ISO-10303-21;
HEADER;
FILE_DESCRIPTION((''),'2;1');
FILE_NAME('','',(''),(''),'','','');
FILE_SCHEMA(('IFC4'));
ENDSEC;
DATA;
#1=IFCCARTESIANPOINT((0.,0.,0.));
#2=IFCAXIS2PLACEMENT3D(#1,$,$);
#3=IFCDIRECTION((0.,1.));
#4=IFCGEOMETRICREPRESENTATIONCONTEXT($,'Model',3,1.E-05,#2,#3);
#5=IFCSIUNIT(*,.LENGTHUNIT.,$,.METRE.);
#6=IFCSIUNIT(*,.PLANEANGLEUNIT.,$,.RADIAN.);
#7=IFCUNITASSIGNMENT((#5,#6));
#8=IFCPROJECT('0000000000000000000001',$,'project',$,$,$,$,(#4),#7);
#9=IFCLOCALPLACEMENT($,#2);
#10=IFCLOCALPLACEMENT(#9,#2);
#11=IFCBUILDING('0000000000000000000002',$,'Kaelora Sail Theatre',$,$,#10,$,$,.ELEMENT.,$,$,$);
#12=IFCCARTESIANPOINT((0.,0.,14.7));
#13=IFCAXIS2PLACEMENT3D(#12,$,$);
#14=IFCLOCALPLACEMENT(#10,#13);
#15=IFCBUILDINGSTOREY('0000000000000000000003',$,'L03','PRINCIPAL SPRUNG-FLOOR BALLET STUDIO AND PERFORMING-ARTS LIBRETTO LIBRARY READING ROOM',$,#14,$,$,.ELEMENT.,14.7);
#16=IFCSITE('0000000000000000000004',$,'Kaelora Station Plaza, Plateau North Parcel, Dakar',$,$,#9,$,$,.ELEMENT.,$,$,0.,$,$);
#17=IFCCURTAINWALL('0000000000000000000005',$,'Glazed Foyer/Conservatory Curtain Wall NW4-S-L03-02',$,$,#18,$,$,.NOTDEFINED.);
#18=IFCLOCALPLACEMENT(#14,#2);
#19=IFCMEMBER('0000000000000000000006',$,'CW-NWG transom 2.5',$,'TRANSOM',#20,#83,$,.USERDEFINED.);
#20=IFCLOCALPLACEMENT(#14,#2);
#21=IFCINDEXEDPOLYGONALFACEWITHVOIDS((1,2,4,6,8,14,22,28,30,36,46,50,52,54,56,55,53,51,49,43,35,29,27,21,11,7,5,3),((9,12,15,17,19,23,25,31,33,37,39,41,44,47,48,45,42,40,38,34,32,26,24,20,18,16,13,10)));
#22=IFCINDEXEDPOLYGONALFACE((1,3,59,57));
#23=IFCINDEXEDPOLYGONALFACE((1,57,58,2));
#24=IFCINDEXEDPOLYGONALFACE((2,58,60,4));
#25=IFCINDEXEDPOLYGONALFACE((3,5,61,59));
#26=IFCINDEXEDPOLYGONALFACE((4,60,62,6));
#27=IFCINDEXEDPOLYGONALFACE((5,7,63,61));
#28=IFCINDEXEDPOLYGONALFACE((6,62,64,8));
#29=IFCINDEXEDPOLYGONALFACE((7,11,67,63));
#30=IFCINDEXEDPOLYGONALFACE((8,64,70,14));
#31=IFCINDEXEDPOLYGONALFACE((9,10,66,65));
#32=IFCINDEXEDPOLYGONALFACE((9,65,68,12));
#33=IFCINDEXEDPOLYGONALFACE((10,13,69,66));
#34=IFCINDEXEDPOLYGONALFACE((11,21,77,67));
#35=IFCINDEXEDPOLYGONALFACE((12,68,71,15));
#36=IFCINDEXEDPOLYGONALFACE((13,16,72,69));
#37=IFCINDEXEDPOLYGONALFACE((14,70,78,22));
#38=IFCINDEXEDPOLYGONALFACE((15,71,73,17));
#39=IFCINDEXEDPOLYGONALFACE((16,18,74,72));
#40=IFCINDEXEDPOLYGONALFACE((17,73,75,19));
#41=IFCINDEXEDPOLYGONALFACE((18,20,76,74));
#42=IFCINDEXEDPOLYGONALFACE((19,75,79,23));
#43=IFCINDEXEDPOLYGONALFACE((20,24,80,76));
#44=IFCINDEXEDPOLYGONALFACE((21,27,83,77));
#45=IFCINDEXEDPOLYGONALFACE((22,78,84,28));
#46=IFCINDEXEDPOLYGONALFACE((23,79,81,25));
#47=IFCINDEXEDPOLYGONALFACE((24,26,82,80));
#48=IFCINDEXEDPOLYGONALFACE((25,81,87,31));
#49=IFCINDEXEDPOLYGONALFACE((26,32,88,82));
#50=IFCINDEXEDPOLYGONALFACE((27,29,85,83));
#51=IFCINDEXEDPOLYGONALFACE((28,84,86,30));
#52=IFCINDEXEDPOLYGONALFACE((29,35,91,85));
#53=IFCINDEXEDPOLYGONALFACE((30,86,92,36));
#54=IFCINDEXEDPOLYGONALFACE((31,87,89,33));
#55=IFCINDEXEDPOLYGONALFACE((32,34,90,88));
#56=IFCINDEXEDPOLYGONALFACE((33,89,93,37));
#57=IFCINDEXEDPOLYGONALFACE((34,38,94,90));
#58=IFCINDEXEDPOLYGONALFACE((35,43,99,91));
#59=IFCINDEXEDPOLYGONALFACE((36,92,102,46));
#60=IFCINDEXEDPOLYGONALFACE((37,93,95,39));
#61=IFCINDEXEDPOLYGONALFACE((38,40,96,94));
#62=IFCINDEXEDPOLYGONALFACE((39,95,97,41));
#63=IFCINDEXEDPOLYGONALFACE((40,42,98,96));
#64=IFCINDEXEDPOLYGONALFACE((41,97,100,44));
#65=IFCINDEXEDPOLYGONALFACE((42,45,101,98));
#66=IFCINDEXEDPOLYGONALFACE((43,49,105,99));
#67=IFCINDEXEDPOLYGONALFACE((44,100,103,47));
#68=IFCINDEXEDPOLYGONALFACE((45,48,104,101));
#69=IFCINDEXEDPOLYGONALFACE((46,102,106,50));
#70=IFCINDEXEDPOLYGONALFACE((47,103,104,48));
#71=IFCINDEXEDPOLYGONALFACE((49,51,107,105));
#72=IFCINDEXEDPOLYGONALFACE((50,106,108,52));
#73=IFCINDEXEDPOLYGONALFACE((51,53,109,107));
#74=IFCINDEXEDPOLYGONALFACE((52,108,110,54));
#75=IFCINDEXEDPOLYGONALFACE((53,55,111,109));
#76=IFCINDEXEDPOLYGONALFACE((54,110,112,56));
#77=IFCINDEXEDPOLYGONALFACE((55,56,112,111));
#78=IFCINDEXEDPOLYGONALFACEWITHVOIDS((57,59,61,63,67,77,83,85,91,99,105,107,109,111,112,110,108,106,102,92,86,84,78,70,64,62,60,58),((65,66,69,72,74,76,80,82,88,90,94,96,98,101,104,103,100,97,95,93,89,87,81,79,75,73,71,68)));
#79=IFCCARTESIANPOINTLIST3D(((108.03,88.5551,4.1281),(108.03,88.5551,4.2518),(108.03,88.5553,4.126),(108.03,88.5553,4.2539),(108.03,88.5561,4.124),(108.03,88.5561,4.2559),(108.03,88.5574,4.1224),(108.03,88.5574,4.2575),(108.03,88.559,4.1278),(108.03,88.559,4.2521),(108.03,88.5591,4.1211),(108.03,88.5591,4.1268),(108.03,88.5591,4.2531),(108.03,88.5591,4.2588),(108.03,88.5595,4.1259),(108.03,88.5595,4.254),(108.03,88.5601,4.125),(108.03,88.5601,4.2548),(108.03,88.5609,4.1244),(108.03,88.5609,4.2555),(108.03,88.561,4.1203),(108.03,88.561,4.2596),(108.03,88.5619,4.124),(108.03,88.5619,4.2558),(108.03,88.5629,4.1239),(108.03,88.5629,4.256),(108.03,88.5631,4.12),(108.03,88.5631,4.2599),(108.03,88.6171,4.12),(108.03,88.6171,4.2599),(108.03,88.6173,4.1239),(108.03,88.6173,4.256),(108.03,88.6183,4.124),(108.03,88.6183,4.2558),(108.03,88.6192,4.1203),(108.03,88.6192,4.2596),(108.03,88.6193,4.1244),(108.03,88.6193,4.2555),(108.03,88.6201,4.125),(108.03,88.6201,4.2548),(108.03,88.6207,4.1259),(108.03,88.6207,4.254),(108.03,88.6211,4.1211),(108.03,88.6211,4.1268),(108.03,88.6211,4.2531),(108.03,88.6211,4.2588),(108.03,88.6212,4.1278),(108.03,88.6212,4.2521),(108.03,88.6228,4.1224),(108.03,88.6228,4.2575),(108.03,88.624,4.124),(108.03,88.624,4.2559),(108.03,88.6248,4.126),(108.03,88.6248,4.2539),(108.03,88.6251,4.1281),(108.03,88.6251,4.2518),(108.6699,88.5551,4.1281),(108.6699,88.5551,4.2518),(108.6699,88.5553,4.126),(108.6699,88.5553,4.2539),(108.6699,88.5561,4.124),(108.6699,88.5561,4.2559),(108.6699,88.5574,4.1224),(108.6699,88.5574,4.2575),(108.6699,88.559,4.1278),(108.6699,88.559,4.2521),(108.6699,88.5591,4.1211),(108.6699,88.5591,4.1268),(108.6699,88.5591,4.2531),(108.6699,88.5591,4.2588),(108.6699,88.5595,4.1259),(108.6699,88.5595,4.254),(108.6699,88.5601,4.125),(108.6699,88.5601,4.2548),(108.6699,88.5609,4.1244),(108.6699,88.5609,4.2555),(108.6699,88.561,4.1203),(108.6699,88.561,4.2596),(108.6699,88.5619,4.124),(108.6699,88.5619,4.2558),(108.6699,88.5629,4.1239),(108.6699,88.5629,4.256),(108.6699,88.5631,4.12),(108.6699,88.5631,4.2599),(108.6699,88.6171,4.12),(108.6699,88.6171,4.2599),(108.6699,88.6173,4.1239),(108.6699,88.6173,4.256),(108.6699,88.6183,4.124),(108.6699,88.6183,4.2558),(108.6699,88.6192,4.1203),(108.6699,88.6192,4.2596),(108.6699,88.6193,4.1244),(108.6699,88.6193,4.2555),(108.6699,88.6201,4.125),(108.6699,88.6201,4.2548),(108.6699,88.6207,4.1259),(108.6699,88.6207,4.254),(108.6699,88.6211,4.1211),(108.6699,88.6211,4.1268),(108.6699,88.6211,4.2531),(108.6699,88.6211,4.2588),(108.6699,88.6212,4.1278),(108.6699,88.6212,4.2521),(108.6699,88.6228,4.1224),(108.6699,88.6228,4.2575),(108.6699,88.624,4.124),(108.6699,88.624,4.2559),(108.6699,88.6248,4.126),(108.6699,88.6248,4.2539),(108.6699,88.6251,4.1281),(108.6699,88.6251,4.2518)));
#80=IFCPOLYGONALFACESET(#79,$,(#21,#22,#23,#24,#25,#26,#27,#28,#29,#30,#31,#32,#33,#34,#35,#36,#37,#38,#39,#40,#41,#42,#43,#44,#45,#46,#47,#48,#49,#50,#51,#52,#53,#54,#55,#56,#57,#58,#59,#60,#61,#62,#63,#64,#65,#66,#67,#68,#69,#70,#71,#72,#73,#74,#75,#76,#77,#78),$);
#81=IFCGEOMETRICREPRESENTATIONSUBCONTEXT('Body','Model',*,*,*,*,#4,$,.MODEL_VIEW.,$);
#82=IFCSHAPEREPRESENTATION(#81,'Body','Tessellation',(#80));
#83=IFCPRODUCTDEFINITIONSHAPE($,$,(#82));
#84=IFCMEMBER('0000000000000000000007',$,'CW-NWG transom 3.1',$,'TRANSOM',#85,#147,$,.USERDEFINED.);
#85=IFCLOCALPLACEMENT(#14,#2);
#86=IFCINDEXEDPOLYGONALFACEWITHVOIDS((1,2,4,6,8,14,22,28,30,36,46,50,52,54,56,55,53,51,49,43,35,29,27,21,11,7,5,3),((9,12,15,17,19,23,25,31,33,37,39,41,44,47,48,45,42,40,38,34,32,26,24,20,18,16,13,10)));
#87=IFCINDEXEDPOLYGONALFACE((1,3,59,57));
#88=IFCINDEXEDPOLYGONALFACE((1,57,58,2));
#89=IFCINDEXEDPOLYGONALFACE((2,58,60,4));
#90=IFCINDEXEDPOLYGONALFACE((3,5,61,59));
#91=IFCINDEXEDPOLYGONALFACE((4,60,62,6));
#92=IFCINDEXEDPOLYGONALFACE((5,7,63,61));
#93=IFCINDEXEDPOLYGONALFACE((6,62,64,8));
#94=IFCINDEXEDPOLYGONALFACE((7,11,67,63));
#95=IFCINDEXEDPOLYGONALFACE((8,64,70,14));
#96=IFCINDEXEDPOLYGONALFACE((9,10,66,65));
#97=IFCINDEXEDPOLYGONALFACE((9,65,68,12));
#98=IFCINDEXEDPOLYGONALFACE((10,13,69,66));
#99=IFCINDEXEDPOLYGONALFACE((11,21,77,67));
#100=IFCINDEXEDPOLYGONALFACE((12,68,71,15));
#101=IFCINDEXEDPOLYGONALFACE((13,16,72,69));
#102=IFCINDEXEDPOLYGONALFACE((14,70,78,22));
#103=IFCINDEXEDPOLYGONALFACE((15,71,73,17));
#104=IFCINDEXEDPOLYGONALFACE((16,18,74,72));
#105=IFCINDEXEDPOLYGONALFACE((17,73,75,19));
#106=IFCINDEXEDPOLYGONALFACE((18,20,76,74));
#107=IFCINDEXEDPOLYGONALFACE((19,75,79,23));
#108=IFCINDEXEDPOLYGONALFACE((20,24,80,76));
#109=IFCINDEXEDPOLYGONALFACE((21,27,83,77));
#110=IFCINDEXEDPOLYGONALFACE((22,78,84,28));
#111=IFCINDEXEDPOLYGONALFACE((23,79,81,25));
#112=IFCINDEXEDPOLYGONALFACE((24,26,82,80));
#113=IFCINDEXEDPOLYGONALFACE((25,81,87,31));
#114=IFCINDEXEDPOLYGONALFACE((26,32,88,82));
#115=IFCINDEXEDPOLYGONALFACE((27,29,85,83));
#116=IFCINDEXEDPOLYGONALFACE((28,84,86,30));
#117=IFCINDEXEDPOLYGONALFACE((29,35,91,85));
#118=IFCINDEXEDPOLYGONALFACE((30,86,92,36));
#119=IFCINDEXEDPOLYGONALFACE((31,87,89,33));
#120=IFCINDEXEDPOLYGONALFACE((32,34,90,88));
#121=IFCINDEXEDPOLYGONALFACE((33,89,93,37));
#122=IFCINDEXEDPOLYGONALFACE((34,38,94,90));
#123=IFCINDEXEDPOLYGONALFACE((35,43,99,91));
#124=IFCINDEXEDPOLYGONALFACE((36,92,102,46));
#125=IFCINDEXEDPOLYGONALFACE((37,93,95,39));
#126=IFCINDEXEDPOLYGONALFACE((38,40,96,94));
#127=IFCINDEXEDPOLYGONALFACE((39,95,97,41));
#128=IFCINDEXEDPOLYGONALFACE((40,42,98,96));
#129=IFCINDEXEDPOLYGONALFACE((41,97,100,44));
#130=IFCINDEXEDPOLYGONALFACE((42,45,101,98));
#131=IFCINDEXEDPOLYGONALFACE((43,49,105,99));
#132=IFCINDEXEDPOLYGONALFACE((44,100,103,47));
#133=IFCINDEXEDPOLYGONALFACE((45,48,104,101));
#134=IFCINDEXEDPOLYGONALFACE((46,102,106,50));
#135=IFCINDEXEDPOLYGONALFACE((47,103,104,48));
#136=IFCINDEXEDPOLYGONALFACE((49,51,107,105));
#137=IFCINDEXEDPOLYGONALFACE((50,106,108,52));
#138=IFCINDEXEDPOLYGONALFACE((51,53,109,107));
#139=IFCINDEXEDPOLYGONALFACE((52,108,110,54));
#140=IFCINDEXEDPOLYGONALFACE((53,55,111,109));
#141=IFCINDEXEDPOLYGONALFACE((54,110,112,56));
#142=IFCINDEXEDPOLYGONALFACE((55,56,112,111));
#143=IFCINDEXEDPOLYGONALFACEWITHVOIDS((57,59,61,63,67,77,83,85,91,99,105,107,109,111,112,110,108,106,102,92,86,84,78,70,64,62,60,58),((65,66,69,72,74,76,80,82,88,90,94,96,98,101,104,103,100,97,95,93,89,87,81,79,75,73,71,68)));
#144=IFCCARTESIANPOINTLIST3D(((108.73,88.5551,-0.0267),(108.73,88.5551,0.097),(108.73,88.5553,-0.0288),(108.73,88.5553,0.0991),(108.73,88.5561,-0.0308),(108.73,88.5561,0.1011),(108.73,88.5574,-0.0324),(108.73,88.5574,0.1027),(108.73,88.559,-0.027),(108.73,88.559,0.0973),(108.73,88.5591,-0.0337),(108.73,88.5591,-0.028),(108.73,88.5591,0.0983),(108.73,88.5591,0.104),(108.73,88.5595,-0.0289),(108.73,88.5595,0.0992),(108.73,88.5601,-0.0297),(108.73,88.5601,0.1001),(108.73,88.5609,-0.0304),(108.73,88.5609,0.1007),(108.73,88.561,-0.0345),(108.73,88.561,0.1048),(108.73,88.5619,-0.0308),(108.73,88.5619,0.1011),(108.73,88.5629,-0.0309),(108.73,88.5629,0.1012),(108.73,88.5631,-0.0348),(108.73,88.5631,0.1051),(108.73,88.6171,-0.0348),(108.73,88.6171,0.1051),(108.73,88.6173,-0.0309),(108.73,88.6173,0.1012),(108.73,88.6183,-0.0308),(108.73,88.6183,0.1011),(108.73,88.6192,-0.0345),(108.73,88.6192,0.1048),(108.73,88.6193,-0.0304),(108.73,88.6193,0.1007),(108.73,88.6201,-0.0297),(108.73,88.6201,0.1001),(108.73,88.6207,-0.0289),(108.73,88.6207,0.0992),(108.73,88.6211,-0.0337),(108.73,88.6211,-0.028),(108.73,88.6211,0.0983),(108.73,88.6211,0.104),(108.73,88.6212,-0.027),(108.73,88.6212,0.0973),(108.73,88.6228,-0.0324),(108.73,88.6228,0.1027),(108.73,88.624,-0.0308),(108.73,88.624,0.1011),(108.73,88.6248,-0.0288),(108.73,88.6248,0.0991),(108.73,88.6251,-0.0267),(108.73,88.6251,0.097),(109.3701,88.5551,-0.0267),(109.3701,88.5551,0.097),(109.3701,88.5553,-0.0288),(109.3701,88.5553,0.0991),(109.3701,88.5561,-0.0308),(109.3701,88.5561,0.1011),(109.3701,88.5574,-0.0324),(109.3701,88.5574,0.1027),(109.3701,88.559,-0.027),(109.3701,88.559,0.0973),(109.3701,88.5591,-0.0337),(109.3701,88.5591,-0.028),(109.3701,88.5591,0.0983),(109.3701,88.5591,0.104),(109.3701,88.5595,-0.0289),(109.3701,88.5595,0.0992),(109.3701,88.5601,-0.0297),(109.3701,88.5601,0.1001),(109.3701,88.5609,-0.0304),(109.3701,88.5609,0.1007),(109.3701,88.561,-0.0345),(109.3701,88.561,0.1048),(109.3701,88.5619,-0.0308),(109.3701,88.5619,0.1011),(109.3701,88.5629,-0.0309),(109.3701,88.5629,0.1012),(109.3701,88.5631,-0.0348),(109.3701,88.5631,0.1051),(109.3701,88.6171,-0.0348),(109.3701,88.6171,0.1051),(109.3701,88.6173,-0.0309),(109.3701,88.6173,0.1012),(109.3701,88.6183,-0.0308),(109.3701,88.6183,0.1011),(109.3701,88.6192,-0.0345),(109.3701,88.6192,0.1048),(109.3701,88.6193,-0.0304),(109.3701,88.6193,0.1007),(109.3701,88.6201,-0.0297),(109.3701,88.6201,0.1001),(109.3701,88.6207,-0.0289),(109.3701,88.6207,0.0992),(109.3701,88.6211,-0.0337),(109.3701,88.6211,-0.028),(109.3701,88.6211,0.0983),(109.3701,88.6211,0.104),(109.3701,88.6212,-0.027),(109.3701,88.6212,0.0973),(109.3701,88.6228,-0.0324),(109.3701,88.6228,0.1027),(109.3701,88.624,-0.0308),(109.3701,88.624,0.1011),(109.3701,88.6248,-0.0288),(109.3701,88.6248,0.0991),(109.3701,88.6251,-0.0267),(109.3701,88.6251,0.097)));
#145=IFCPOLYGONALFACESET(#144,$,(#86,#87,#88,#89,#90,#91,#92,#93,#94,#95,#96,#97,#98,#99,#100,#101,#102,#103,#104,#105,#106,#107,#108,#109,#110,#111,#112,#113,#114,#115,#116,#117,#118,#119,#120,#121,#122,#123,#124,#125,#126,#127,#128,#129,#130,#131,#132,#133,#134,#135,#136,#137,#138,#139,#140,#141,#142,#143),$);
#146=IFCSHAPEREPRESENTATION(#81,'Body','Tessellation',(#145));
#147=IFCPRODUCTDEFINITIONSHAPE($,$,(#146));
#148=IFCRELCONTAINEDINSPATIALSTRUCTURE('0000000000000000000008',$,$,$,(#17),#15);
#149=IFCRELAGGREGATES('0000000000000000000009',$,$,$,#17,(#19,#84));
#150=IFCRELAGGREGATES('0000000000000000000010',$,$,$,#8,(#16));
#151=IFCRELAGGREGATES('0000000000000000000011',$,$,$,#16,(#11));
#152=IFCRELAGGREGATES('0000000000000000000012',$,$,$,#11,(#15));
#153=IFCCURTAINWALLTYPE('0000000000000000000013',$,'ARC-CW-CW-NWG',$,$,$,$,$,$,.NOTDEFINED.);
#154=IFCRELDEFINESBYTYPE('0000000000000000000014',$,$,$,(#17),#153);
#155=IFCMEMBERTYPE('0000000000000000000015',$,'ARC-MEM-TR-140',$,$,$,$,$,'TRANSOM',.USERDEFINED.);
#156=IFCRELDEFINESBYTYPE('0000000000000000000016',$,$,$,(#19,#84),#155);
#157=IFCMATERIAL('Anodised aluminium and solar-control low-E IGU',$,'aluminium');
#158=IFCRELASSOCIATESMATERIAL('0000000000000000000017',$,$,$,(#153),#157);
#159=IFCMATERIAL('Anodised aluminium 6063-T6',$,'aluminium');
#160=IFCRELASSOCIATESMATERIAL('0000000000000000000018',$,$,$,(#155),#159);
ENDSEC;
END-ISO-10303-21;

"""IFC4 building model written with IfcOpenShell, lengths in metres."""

from ifc_helpers import new_model, si_unit, direction, frame, origin, origin_2d, place, context, subcontext, project, spatial, hollow_rectangle, extrude, material, material_profile, profile_set, type_object, element, aggregate, save


model = new_model("IFC4")

# Units and contexts
model_context = context("Model", 3, precision=1e-05, world=origin(), true_north=direction((0.0, 1.0)))
body_context = subcontext(model_context, "Body", "Model", "MODEL_VIEW")
ifc_project = project(units=[si_unit("LENGTHUNIT", "METRE"), si_unit("PLANEANGLEUNIT", "RADIAN")], contexts=[model_context])

# Site, building, storey
site_placement = place(None, origin())
site = spatial("IfcSite", under=ifc_project, at=site_placement, Name="Kaelora Station Plaza, Plateau North Parcel, Dakar", CompositionType="ELEMENT", RefElevation=0.0)
building_placement = place(site_placement, origin())
building = spatial("IfcBuilding", under=site, at=building_placement, Name="Kaelora Sail Theatre", CompositionType="ELEMENT")
storey_placement = place(building_placement, frame((0.0, 0.0, 14.7)))
storey = spatial("IfcBuildingStorey", under=building, at=storey_placement, Name="L03", Description="PRINCIPAL SPRUNG-FLOOR BALLET STUDIO AND PERFORMING-ARTS LIBRETTO LIBRARY READING ROOM", CompositionType="ELEMENT", Elevation=14.7)

# Curtain wall, members
ifc_material_1 = material(Name="Anodised aluminium and solar-control low-E IGU", Category="aluminium")
curtain_wall_type = type_object("IfcCurtainWallType", Name="ARC-CW-CW-NWG", PredefinedType="NOTDEFINED", material=ifc_material_1)
curtain_wall_placement = place(storey_placement, origin())
curtain_wall = element("IfcCurtainWall", 1, at=curtain_wall_placement, inside=storey, type_object=curtain_wall_type, Name="Glazed Foyer/Conservatory Curtain Wall NW4-S-L03-02", PredefinedType="NOTDEFINED")
ifc_material_2 = material(Name="Anodised aluminium 6063-T6", Category="aluminium")
ifc_material_profile_1 = material_profile(ifc_material_2, hollow_rectangle(XDim=0.0701, YDim=0.1399, WallThickness=0.0039, InnerFilletRadius=0.0039, OuterFilletRadius=0.0081, at=origin_2d()), Name="ALU-TRAN 70x140x4")
ifc_profile_set_1 = profile_set([ifc_material_profile_1], Name="Anodised aluminium 6063-T6")
member_type_1 = type_object("IfcMemberType", Name="ARC-MEM-TR-140", ElementType="TRANSOM", PredefinedType="USERDEFINED", material=ifc_profile_set_1)
member_1_placement = place(storey_placement, frame((108.03, 88.5901, 4.1899), z_axis=(1.0, 0.0, 0.0), x_axis=(0.0, 1.0, 0.0)))
member_1 = element("IfcMember", 2, at=member_1_placement, type_object=member_type_1, Name="CW-NWG transom 2.5", ObjectType="TRANSOM", PredefinedType="USERDEFINED", context=body_context, shape_type="SweptSolid", body=[
    extrude(hollow_rectangle(XDim=0.0701, YDim=0.1399, WallThickness=0.0039, InnerFilletRadius=0.0039, OuterFilletRadius=0.0081, at=origin_2d()), origin(), (0.0, 0.0, 1.0), 0.6399),
])
member_2_placement = place(storey_placement, frame((108.73, 88.5901, 0.0352), z_axis=(1.0, 0.0, 0.0), x_axis=(0.0, 1.0, 0.0)))
member_2 = element("IfcMember", 3, at=member_2_placement, type_object=member_type_1, Name="CW-NWG transom 3.1", ObjectType="TRANSOM", PredefinedType="USERDEFINED", context=body_context, shape_type="SweptSolid", body=[
    extrude(hollow_rectangle(XDim=0.0701, YDim=0.1399, WallThickness=0.0039, InnerFilletRadius=0.0039, OuterFilletRadius=0.0081, at=origin_2d()), origin(), (0.0, 0.0, 1.0), 0.6401),
])
aggregate(curtain_wall, [member_1, member_2])

save(model, "model.ifc")
